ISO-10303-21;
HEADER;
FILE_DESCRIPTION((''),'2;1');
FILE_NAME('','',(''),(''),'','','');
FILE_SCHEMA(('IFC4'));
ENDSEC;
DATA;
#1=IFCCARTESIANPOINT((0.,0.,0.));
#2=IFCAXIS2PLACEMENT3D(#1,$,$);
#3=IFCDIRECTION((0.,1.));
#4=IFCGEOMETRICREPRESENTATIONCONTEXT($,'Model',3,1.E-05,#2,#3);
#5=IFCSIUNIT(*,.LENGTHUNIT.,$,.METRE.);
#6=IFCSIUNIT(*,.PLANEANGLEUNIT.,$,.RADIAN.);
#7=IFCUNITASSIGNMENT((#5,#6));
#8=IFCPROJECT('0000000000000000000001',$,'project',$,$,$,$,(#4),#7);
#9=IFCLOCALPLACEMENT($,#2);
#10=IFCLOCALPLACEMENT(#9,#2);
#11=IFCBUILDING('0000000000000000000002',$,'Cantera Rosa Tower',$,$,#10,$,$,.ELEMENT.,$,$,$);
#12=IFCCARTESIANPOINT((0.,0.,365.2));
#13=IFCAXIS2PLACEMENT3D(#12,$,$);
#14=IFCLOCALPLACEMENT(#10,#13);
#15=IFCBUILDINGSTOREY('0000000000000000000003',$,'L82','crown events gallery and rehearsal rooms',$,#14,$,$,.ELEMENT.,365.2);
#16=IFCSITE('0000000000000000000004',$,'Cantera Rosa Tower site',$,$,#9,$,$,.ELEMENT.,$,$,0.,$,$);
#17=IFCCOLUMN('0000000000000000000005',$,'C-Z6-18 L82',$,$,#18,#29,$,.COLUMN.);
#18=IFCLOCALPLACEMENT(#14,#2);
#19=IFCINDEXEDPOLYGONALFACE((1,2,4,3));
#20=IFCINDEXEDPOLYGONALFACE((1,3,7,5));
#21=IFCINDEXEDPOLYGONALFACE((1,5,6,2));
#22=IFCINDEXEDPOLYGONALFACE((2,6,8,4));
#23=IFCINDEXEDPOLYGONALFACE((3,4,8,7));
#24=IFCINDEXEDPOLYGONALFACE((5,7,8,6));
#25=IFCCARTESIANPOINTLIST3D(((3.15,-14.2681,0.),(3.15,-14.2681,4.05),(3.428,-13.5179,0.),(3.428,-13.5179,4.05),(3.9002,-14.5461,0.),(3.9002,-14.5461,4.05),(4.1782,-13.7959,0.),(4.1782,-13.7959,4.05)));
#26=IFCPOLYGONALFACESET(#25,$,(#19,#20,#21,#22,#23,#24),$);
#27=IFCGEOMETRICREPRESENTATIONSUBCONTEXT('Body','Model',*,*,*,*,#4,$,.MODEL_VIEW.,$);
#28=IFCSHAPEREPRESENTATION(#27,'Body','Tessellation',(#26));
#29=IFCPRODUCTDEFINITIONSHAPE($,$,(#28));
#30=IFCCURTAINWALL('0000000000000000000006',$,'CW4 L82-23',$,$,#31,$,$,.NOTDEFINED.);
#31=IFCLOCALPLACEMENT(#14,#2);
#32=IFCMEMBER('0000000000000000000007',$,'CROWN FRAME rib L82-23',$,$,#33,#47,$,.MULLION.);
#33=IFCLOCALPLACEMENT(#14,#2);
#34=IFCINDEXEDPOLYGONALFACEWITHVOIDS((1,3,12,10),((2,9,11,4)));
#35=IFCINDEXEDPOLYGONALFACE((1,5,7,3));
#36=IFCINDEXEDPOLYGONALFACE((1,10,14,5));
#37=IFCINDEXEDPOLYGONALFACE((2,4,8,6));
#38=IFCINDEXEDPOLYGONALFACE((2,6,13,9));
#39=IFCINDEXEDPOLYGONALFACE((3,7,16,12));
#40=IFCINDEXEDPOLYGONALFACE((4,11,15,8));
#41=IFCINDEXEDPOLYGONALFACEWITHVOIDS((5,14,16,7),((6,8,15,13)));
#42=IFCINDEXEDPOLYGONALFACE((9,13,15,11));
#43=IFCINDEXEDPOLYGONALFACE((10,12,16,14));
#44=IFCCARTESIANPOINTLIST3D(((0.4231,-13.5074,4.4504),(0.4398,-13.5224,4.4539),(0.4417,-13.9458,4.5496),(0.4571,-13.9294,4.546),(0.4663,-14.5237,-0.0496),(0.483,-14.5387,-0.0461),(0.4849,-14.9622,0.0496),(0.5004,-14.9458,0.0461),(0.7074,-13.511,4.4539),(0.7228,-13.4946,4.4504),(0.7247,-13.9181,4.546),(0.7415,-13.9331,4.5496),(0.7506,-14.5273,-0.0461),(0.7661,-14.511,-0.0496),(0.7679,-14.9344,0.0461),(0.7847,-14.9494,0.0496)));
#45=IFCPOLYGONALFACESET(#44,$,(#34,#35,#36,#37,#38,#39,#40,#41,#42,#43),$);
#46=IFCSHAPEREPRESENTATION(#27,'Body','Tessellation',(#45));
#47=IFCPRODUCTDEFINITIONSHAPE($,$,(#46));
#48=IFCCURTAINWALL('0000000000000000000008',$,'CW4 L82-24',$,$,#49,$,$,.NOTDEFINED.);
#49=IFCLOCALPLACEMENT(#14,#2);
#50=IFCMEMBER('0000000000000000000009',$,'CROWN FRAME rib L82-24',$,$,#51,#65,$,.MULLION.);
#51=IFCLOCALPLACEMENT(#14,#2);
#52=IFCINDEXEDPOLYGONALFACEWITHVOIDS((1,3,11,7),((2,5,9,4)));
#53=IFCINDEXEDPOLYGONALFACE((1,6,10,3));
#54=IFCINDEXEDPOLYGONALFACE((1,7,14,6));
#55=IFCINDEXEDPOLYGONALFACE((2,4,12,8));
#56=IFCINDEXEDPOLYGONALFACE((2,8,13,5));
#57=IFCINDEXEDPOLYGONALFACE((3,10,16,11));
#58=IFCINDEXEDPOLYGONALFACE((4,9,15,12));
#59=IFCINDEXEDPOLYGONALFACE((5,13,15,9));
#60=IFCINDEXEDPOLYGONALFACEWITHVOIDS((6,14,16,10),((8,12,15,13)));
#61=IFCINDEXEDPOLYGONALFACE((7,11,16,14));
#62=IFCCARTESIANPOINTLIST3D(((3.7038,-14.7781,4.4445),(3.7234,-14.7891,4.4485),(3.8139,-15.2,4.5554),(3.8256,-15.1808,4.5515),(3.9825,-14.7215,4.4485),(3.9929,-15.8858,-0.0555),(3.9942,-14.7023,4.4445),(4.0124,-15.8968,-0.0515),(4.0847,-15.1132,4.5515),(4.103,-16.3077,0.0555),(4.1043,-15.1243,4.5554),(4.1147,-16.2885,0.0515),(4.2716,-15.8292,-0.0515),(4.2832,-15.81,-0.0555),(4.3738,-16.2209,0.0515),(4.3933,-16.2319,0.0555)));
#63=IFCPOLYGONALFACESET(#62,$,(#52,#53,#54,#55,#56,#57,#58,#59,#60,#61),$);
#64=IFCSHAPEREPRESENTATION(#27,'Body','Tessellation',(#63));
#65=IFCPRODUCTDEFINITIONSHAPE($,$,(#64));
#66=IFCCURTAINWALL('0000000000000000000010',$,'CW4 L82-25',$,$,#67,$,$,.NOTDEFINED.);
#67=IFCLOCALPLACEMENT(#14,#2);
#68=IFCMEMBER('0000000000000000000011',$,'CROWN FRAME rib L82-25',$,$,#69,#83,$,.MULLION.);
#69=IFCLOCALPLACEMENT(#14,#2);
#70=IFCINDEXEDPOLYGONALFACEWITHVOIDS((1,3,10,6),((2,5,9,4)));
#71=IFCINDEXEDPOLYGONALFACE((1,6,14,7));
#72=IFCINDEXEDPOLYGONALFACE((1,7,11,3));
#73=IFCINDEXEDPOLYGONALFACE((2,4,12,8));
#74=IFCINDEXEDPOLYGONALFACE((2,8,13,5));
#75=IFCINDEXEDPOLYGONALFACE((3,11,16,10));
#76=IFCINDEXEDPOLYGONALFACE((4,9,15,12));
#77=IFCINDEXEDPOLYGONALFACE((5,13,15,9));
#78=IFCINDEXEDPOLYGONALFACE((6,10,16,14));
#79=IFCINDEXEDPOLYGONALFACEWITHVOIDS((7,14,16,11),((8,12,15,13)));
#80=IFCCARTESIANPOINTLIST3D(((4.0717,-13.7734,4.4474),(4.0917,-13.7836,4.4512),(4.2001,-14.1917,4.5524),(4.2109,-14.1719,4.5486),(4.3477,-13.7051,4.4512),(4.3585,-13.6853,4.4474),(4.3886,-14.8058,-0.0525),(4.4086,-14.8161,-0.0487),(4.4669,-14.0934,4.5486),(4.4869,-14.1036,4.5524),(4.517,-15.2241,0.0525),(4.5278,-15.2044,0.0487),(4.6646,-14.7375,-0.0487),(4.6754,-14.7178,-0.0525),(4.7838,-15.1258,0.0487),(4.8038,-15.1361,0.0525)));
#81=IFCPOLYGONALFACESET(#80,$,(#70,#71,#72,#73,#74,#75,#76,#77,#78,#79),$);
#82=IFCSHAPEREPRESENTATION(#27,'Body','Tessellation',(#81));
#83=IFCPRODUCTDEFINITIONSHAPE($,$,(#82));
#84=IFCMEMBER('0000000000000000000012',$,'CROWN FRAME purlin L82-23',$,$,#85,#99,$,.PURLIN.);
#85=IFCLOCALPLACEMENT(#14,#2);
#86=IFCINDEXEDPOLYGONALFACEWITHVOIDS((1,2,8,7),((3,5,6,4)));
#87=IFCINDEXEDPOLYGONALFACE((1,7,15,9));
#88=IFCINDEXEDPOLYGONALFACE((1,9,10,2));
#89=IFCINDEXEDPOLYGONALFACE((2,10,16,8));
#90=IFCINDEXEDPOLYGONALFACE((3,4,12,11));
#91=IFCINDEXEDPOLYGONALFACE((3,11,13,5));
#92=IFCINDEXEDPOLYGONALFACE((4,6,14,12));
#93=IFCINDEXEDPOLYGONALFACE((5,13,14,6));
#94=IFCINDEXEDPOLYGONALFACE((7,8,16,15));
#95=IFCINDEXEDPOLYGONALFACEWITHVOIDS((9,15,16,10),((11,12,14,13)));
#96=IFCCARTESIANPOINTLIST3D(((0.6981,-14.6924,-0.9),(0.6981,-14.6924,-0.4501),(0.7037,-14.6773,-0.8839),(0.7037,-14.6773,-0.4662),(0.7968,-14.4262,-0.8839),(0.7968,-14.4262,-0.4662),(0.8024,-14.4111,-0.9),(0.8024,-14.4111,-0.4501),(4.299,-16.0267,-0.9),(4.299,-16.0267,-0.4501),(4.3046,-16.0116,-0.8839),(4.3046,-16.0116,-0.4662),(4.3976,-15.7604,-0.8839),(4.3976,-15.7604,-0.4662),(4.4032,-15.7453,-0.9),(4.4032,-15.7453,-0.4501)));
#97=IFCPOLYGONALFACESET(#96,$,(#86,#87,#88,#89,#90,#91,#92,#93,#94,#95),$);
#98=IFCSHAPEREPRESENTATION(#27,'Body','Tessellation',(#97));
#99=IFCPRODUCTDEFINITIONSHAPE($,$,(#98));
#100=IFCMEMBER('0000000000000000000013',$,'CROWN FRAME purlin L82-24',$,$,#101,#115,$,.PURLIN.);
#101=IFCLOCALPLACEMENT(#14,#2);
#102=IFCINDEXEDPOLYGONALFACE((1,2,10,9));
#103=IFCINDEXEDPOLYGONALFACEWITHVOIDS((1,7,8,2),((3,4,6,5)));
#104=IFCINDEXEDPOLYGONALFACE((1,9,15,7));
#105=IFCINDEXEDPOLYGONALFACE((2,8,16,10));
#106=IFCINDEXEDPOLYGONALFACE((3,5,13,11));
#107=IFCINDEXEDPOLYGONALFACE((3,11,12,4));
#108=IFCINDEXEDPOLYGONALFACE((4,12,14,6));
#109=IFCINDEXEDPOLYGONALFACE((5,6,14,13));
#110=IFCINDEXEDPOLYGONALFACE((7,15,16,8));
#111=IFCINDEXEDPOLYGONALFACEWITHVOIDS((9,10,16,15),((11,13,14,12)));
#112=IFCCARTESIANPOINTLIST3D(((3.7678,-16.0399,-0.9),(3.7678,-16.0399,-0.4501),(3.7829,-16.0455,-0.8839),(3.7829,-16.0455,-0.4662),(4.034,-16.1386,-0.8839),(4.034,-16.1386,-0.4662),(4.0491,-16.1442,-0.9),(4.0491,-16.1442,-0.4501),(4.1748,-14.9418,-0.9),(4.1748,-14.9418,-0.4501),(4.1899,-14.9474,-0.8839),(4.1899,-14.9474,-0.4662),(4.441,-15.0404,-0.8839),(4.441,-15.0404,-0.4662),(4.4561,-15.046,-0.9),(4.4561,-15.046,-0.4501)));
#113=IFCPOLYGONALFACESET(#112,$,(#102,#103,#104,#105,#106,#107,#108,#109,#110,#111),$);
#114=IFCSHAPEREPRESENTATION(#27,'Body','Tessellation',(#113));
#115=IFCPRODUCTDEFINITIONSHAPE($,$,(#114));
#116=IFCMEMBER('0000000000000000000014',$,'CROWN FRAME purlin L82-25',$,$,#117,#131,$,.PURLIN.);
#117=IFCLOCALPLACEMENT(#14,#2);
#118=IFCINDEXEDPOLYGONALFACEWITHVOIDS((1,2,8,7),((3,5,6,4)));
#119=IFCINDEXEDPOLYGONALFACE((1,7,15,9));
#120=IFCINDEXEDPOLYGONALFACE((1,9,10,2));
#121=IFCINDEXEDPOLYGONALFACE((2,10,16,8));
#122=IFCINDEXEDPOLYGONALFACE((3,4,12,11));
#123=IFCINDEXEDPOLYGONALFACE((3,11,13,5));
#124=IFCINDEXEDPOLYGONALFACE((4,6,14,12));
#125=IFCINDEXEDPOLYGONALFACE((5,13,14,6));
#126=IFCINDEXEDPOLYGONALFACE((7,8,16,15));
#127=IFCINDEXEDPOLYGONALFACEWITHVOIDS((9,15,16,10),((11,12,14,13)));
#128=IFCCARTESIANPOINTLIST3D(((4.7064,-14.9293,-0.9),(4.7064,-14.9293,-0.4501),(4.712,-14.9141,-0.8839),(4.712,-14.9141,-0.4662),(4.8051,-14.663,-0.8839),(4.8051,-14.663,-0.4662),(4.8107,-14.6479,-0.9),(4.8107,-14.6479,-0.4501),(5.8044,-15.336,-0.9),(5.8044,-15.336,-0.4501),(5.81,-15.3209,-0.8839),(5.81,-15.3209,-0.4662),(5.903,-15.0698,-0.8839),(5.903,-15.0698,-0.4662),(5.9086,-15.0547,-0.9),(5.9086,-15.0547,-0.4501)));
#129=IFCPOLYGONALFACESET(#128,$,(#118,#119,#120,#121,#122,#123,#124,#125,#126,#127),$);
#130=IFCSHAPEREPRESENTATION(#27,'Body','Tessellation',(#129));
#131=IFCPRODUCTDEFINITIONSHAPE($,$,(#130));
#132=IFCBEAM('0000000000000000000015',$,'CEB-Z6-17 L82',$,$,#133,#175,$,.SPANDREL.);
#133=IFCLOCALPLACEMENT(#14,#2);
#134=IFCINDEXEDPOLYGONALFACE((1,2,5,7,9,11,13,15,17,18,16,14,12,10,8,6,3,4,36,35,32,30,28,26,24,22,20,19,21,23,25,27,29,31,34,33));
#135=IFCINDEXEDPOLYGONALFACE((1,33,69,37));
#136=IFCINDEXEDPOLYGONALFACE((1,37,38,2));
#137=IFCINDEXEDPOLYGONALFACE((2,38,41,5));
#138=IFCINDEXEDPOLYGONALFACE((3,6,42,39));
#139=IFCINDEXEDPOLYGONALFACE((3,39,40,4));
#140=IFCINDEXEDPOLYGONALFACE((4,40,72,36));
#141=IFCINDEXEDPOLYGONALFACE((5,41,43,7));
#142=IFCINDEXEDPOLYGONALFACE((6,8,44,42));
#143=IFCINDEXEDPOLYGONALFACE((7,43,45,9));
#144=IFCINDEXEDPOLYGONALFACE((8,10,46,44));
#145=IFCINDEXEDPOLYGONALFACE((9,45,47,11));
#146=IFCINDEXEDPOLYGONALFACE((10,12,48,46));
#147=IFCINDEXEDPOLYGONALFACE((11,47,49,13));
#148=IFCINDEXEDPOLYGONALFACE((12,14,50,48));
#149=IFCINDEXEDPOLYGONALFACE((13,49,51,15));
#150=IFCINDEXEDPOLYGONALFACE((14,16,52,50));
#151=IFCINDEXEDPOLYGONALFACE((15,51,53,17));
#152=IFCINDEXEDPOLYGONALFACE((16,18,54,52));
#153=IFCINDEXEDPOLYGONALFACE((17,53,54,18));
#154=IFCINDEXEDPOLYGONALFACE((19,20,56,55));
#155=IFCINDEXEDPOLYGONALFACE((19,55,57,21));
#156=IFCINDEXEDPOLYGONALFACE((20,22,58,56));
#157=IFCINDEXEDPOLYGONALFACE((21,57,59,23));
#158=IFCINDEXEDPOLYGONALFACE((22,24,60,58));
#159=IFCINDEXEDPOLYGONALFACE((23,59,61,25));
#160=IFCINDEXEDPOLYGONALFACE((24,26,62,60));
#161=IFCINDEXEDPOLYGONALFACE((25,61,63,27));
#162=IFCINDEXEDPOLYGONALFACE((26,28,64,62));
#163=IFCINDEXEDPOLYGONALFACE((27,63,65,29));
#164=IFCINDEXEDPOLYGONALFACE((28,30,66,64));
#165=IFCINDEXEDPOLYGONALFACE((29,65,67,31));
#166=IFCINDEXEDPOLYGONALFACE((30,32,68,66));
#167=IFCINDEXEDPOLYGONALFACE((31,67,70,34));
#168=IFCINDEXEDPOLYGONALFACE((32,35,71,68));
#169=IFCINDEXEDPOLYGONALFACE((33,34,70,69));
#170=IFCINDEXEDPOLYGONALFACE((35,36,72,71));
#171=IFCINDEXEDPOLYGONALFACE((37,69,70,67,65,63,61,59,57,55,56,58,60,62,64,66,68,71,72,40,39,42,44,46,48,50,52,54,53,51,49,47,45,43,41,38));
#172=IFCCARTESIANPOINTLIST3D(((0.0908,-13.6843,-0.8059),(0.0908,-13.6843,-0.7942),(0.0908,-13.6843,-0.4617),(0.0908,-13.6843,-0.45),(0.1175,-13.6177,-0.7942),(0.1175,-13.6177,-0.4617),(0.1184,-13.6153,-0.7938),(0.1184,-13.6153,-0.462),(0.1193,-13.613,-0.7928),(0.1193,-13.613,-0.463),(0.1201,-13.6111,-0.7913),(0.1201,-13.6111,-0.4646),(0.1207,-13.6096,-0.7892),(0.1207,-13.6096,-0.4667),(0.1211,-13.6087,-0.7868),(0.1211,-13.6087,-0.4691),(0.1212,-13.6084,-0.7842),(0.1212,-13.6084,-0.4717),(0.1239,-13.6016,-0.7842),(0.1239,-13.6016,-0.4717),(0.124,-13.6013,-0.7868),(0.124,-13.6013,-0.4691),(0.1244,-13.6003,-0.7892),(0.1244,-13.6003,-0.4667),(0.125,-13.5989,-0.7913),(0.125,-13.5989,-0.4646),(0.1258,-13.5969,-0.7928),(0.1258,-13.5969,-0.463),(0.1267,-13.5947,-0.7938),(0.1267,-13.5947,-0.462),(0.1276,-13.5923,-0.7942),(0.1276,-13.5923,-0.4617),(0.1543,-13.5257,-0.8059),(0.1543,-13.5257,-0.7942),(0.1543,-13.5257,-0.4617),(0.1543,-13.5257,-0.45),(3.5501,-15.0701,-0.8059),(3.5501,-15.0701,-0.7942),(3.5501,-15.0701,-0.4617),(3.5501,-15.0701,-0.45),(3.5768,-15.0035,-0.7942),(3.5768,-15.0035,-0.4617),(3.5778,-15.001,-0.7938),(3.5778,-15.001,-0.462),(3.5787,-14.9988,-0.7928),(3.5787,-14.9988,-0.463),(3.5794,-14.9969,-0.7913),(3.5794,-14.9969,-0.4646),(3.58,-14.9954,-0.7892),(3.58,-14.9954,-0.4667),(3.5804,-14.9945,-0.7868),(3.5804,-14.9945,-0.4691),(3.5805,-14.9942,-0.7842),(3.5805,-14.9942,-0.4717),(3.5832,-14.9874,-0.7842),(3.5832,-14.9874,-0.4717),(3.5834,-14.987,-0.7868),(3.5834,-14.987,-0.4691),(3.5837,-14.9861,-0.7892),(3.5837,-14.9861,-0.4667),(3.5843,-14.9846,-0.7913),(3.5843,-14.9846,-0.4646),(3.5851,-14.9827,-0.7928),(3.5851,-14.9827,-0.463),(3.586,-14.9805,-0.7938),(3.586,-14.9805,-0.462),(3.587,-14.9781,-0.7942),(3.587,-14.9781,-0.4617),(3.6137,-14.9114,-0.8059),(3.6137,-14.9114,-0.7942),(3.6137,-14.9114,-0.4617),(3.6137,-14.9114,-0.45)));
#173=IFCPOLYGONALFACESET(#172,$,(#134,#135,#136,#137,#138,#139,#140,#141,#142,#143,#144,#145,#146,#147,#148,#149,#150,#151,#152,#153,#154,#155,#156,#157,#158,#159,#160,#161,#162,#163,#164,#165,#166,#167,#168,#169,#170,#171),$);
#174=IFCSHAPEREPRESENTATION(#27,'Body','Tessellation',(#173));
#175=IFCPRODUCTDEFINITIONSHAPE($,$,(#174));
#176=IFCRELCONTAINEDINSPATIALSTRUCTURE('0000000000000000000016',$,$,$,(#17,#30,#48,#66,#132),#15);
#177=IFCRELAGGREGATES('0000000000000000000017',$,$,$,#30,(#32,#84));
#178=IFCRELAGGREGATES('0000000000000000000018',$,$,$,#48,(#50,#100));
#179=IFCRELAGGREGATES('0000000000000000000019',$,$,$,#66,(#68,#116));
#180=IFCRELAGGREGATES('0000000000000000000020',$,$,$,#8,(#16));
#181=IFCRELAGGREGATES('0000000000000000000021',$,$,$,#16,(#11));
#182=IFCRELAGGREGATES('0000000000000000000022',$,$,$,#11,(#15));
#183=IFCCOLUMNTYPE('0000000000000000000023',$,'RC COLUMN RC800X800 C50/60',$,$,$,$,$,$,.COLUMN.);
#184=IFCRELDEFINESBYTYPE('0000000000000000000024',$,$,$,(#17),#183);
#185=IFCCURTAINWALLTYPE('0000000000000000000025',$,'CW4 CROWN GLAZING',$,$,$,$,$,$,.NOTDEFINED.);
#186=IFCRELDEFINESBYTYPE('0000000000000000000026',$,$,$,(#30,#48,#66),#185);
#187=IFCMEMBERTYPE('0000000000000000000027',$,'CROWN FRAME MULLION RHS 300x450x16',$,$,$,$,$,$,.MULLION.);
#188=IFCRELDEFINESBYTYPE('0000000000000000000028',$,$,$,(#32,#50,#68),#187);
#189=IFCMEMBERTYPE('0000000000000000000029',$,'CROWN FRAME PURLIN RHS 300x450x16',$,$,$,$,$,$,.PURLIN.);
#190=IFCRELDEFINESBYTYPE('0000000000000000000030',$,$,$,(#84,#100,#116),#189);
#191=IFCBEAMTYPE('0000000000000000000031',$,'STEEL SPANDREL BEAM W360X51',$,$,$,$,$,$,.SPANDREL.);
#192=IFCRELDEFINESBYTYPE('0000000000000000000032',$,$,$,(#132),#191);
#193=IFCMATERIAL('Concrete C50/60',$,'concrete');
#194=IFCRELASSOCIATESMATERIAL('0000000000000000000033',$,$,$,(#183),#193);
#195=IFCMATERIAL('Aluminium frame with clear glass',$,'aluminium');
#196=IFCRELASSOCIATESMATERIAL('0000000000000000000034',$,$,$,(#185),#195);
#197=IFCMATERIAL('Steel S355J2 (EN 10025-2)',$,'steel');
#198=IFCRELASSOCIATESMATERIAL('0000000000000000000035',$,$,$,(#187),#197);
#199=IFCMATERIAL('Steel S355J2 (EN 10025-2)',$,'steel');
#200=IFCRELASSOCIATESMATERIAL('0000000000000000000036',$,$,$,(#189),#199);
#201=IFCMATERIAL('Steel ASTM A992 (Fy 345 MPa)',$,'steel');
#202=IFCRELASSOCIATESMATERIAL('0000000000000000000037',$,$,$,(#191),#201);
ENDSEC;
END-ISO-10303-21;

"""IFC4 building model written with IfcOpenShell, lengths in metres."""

from ifc_helpers import new_model, si_unit, direction, frame, origin, origin_2d, place, context, subcontext, project, spatial, rectangle, hollow_rectangle, i_section, extrude, material, material_profile, profile_set, type_object, element, aggregate, save


model = new_model("IFC4")

# Units and contexts
model_context = context("Model", 3, precision=1e-05, world=origin(), true_north=direction((0.0, 1.0)))
body_context = subcontext(model_context, "Body", "Model", "MODEL_VIEW")
ifc_project = project(units=[si_unit("LENGTHUNIT", "METRE"), si_unit("PLANEANGLEUNIT", "RADIAN")], contexts=[model_context])

# Site, building, storey
site_placement = place(None, origin())
site = spatial("IfcSite", under=ifc_project, at=site_placement, Name="Cantera Rosa Tower site", CompositionType="ELEMENT", RefElevation=0.0)
building_placement = place(site_placement, origin())
building = spatial("IfcBuilding", under=site, at=building_placement, Name="Cantera Rosa Tower", CompositionType="ELEMENT")
storey_placement = place(building_placement, frame((0.0, 0.0, 365.2)))
storey = spatial("IfcBuildingStorey", under=building, at=storey_placement, Name="L82", Description="crown events gallery and rehearsal rooms", CompositionType="ELEMENT", Elevation=365.2)

# Column
ifc_material_1 = material(Name="Concrete C50/60", Category="concrete")
ifc_material_profile_1 = material_profile(ifc_material_1, rectangle(XDim=0.8, YDim=0.8, at=origin_2d()), Name="RC COLUMN RC800X800 C50/60")
ifc_profile_set_1 = profile_set([ifc_material_profile_1], Name="Concrete C50/60")
column_type = type_object("IfcColumnType", Name="RC COLUMN RC800X800 C50/60", PredefinedType="COLUMN", material=ifc_profile_set_1)
column_placement = place(storey_placement, frame((3.6641, -14.032, 0.0), z_axis=(0.0, 0.0, 1.0), x_axis=(0.347481, 0.937687, 0.0)))
element("IfcColumn", 1, at=column_placement, inside=storey, type_object=column_type, Name="C-Z6-18 L82", PredefinedType="COLUMN", context=body_context, shape_type="SweptSolid", body=[
    extrude(rectangle(XDim=0.8, YDim=0.8, at=origin_2d()), origin(), (0.0, 0.0, 1.0), 4.05),
])

# Curtain walls, members
ifc_material_2 = material(Name="Aluminium frame with clear glass", Category="aluminium")
curtain_wall_type = type_object("IfcCurtainWallType", Name="CW4 CROWN GLAZING", PredefinedType="NOTDEFINED", material=ifc_material_2)
curtain_wall_1_placement = place(storey_placement, origin())
curtain_wall_1 = element("IfcCurtainWall", 2, at=curtain_wall_1_placement, inside=storey, type_object=curtain_wall_type, Name="CW4 L82-23", PredefinedType="NOTDEFINED")
ifc_material_3 = material(Name="Steel S355J2 (EN 10025-2)", Category="steel")
ifc_material_profile_2 = material_profile(ifc_material_3, hollow_rectangle(XDim=0.3, YDim=0.45, WallThickness=0.0161, at=origin_2d()), Name="CROWN FRAME MULLION RHS 300x450x16")
ifc_profile_set_2 = profile_set([ifc_material_profile_2], Name="Steel S355J2 (EN 10025-2)")
member_type_1 = type_object("IfcMemberType", Name="CROWN FRAME MULLION RHS 300x450x16", PredefinedType="MULLION", material=ifc_profile_set_2)
member_1_placement = place(storey_placement, frame((0.6255, -14.7366, 0.0), z_axis=(-0.009367, 0.220298, 0.975388), x_axis=(-0.999097, -0.042479, 0.0)))
member_1 = element("IfcMember", 3, at=member_1_placement, type_object=member_type_1, Name="CROWN FRAME rib L82-23", PredefinedType="MULLION", context=body_context, shape_type="SweptSolid", body=[
    extrude(hollow_rectangle(XDim=0.3, YDim=0.45, WallThickness=0.0161, at=origin_2d()), origin(), (0.0, 0.0, 1.0), 4.6135),
])
curtain_wall_2_placement = place(storey_placement, origin())
curtain_wall_2 = element("IfcCurtainWall", 4, at=curtain_wall_2_placement, inside=storey, type_object=curtain_wall_type, Name="CW4 L82-24", PredefinedType="NOTDEFINED")
member_2_placement = place(storey_placement, frame((4.1931, -16.0588, 0.0), z_axis=(-0.062253, 0.23855, 0.969133), x_axis=(-0.967595, -0.252509, 0.0)))
member_2 = element("IfcMember", 5, at=member_2_placement, type_object=member_type_1, Name="CROWN FRAME rib L82-24", PredefinedType="MULLION", context=body_context, shape_type="SweptSolid", body=[
    extrude(hollow_rectangle(XDim=0.3, YDim=0.45, WallThickness=0.0161, at=origin_2d()), origin(), (0.0, 0.0, 1.0), 4.6433),
])
curtain_wall_3_placement = place(storey_placement, origin())
curtain_wall_3 = element("IfcCurtainWall", 6, at=curtain_wall_3_placement, inside=storey, type_object=curtain_wall_type, Name="CW4 L82-25", PredefinedType="NOTDEFINED")
member_3_placement = place(storey_placement, frame((4.5962, -14.9709, 0.0), z_axis=(-0.068476, 0.223102, 0.972387), x_axis=(-0.955984, -0.293419, 0.0)))
member_3 = element("IfcMember", 7, at=member_3_placement, type_object=member_type_1, Name="CROWN FRAME rib L82-25", PredefinedType="MULLION", context=body_context, shape_type="SweptSolid", body=[
    extrude(hollow_rectangle(XDim=0.3, YDim=0.45, WallThickness=0.0161, at=origin_2d()), origin(), (0.0, 0.0, 1.0), 4.6277),
])

# Members
ifc_material_4 = material(Name="Steel S355J2 (EN 10025-2)", Category="steel")
ifc_material_profile_3 = material_profile(ifc_material_4, hollow_rectangle(XDim=0.3, YDim=0.45, WallThickness=0.0161, at=origin_2d()), Name="CROWN FRAME PURLIN RHS 300x450x16")
ifc_profile_set_3 = profile_set([ifc_material_profile_3], Name="Steel S355J2 (EN 10025-2)")
member_type_2 = type_object("IfcMemberType", Name="CROWN FRAME PURLIN RHS 300x450x16", PredefinedType="PURLIN", material=ifc_profile_set_3)
member_4_placement = place(storey_placement, frame((0.7502, -14.5518, -0.675), z_axis=(0.937699, -0.347449, 0.0), x_axis=(0.347449, 0.937699, 0.0)))
member_4 = element("IfcMember", 8, at=member_4_placement, type_object=member_type_2, Name="CROWN FRAME purlin L82-23", PredefinedType="PURLIN", context=body_context, shape_type="SweptSolid", body=[
    extrude(hollow_rectangle(XDim=0.3, YDim=0.45, WallThickness=0.0161, at=origin_2d()), origin(), (0.0, 0.0, 1.0), 3.8401),
])
member_5_placement = place(storey_placement, frame((3.9084, -16.092, -0.675), z_axis=(0.347511, 0.937676, 0.0), x_axis=(-0.937676, 0.347511, 0.0)))
member_5 = element("IfcMember", 9, at=member_5_placement, type_object=member_type_2, Name="CROWN FRAME purlin L82-24", PredefinedType="PURLIN", context=body_context, shape_type="SweptSolid", body=[
    extrude(hollow_rectangle(XDim=0.3, YDim=0.45, WallThickness=0.0161, at=origin_2d()), origin(), (0.0, 0.0, 1.0), 1.1711),
])
member_6_placement = place(storey_placement, frame((4.7585, -14.7886, -0.675), z_axis=(0.937719, -0.347396, 0.0), x_axis=(0.347396, 0.937719, 0.0)))
member_6 = element("IfcMember", 10, at=member_6_placement, type_object=member_type_2, Name="CROWN FRAME purlin L82-25", PredefinedType="PURLIN", context=body_context, shape_type="SweptSolid", body=[
    extrude(hollow_rectangle(XDim=0.3, YDim=0.45, WallThickness=0.0161, at=origin_2d()), origin(), (0.0, 0.0, 1.0), 1.1709),
])

# Beam
ifc_material_5 = material(Name="Steel ASTM A992 (Fy 345 MPa)", Category="steel")
ifc_material_profile_4 = material_profile(ifc_material_5, i_section(OverallWidth=0.1709, OverallDepth=0.356, WebThickness=0.0073, FlangeThickness=0.0117, FilletRadius=0.01, at=origin_2d()), Name="W360X51")
ifc_profile_set_4 = profile_set([ifc_material_profile_4], Name="Steel ASTM A992 (Fy 345 MPa)")
beam_type = type_object("IfcBeamType", Name="STEEL SPANDREL BEAM W360X51", PredefinedType="SPANDREL", material=ifc_profile_set_4)
beam_1_placement = place(storey_placement, frame((0.1226, -13.605, -0.6279), z_axis=(0.928287, -0.371865, 0.0), x_axis=(0.371865, 0.928287, 0.0)))
element("IfcBeam", 11, at=beam_1_placement, inside=storey, type_object=beam_type, Name="CEB-Z6-17 L82", PredefinedType="SPANDREL", context=body_context, shape_type="SweptSolid", body=[
    extrude(i_section(OverallWidth=0.1709, OverallDepth=0.356, WebThickness=0.0073, FlangeThickness=0.0117, FilletRadius=0.01, at=origin_2d()), origin(), (0.0, 0.0, 1.0), 3.7266),
])

aggregate(curtain_wall_1, [member_1, member_4])
aggregate(curtain_wall_2, [member_2, member_5])
aggregate(curtain_wall_3, [member_3, member_6])

save(model, "model.ifc")
